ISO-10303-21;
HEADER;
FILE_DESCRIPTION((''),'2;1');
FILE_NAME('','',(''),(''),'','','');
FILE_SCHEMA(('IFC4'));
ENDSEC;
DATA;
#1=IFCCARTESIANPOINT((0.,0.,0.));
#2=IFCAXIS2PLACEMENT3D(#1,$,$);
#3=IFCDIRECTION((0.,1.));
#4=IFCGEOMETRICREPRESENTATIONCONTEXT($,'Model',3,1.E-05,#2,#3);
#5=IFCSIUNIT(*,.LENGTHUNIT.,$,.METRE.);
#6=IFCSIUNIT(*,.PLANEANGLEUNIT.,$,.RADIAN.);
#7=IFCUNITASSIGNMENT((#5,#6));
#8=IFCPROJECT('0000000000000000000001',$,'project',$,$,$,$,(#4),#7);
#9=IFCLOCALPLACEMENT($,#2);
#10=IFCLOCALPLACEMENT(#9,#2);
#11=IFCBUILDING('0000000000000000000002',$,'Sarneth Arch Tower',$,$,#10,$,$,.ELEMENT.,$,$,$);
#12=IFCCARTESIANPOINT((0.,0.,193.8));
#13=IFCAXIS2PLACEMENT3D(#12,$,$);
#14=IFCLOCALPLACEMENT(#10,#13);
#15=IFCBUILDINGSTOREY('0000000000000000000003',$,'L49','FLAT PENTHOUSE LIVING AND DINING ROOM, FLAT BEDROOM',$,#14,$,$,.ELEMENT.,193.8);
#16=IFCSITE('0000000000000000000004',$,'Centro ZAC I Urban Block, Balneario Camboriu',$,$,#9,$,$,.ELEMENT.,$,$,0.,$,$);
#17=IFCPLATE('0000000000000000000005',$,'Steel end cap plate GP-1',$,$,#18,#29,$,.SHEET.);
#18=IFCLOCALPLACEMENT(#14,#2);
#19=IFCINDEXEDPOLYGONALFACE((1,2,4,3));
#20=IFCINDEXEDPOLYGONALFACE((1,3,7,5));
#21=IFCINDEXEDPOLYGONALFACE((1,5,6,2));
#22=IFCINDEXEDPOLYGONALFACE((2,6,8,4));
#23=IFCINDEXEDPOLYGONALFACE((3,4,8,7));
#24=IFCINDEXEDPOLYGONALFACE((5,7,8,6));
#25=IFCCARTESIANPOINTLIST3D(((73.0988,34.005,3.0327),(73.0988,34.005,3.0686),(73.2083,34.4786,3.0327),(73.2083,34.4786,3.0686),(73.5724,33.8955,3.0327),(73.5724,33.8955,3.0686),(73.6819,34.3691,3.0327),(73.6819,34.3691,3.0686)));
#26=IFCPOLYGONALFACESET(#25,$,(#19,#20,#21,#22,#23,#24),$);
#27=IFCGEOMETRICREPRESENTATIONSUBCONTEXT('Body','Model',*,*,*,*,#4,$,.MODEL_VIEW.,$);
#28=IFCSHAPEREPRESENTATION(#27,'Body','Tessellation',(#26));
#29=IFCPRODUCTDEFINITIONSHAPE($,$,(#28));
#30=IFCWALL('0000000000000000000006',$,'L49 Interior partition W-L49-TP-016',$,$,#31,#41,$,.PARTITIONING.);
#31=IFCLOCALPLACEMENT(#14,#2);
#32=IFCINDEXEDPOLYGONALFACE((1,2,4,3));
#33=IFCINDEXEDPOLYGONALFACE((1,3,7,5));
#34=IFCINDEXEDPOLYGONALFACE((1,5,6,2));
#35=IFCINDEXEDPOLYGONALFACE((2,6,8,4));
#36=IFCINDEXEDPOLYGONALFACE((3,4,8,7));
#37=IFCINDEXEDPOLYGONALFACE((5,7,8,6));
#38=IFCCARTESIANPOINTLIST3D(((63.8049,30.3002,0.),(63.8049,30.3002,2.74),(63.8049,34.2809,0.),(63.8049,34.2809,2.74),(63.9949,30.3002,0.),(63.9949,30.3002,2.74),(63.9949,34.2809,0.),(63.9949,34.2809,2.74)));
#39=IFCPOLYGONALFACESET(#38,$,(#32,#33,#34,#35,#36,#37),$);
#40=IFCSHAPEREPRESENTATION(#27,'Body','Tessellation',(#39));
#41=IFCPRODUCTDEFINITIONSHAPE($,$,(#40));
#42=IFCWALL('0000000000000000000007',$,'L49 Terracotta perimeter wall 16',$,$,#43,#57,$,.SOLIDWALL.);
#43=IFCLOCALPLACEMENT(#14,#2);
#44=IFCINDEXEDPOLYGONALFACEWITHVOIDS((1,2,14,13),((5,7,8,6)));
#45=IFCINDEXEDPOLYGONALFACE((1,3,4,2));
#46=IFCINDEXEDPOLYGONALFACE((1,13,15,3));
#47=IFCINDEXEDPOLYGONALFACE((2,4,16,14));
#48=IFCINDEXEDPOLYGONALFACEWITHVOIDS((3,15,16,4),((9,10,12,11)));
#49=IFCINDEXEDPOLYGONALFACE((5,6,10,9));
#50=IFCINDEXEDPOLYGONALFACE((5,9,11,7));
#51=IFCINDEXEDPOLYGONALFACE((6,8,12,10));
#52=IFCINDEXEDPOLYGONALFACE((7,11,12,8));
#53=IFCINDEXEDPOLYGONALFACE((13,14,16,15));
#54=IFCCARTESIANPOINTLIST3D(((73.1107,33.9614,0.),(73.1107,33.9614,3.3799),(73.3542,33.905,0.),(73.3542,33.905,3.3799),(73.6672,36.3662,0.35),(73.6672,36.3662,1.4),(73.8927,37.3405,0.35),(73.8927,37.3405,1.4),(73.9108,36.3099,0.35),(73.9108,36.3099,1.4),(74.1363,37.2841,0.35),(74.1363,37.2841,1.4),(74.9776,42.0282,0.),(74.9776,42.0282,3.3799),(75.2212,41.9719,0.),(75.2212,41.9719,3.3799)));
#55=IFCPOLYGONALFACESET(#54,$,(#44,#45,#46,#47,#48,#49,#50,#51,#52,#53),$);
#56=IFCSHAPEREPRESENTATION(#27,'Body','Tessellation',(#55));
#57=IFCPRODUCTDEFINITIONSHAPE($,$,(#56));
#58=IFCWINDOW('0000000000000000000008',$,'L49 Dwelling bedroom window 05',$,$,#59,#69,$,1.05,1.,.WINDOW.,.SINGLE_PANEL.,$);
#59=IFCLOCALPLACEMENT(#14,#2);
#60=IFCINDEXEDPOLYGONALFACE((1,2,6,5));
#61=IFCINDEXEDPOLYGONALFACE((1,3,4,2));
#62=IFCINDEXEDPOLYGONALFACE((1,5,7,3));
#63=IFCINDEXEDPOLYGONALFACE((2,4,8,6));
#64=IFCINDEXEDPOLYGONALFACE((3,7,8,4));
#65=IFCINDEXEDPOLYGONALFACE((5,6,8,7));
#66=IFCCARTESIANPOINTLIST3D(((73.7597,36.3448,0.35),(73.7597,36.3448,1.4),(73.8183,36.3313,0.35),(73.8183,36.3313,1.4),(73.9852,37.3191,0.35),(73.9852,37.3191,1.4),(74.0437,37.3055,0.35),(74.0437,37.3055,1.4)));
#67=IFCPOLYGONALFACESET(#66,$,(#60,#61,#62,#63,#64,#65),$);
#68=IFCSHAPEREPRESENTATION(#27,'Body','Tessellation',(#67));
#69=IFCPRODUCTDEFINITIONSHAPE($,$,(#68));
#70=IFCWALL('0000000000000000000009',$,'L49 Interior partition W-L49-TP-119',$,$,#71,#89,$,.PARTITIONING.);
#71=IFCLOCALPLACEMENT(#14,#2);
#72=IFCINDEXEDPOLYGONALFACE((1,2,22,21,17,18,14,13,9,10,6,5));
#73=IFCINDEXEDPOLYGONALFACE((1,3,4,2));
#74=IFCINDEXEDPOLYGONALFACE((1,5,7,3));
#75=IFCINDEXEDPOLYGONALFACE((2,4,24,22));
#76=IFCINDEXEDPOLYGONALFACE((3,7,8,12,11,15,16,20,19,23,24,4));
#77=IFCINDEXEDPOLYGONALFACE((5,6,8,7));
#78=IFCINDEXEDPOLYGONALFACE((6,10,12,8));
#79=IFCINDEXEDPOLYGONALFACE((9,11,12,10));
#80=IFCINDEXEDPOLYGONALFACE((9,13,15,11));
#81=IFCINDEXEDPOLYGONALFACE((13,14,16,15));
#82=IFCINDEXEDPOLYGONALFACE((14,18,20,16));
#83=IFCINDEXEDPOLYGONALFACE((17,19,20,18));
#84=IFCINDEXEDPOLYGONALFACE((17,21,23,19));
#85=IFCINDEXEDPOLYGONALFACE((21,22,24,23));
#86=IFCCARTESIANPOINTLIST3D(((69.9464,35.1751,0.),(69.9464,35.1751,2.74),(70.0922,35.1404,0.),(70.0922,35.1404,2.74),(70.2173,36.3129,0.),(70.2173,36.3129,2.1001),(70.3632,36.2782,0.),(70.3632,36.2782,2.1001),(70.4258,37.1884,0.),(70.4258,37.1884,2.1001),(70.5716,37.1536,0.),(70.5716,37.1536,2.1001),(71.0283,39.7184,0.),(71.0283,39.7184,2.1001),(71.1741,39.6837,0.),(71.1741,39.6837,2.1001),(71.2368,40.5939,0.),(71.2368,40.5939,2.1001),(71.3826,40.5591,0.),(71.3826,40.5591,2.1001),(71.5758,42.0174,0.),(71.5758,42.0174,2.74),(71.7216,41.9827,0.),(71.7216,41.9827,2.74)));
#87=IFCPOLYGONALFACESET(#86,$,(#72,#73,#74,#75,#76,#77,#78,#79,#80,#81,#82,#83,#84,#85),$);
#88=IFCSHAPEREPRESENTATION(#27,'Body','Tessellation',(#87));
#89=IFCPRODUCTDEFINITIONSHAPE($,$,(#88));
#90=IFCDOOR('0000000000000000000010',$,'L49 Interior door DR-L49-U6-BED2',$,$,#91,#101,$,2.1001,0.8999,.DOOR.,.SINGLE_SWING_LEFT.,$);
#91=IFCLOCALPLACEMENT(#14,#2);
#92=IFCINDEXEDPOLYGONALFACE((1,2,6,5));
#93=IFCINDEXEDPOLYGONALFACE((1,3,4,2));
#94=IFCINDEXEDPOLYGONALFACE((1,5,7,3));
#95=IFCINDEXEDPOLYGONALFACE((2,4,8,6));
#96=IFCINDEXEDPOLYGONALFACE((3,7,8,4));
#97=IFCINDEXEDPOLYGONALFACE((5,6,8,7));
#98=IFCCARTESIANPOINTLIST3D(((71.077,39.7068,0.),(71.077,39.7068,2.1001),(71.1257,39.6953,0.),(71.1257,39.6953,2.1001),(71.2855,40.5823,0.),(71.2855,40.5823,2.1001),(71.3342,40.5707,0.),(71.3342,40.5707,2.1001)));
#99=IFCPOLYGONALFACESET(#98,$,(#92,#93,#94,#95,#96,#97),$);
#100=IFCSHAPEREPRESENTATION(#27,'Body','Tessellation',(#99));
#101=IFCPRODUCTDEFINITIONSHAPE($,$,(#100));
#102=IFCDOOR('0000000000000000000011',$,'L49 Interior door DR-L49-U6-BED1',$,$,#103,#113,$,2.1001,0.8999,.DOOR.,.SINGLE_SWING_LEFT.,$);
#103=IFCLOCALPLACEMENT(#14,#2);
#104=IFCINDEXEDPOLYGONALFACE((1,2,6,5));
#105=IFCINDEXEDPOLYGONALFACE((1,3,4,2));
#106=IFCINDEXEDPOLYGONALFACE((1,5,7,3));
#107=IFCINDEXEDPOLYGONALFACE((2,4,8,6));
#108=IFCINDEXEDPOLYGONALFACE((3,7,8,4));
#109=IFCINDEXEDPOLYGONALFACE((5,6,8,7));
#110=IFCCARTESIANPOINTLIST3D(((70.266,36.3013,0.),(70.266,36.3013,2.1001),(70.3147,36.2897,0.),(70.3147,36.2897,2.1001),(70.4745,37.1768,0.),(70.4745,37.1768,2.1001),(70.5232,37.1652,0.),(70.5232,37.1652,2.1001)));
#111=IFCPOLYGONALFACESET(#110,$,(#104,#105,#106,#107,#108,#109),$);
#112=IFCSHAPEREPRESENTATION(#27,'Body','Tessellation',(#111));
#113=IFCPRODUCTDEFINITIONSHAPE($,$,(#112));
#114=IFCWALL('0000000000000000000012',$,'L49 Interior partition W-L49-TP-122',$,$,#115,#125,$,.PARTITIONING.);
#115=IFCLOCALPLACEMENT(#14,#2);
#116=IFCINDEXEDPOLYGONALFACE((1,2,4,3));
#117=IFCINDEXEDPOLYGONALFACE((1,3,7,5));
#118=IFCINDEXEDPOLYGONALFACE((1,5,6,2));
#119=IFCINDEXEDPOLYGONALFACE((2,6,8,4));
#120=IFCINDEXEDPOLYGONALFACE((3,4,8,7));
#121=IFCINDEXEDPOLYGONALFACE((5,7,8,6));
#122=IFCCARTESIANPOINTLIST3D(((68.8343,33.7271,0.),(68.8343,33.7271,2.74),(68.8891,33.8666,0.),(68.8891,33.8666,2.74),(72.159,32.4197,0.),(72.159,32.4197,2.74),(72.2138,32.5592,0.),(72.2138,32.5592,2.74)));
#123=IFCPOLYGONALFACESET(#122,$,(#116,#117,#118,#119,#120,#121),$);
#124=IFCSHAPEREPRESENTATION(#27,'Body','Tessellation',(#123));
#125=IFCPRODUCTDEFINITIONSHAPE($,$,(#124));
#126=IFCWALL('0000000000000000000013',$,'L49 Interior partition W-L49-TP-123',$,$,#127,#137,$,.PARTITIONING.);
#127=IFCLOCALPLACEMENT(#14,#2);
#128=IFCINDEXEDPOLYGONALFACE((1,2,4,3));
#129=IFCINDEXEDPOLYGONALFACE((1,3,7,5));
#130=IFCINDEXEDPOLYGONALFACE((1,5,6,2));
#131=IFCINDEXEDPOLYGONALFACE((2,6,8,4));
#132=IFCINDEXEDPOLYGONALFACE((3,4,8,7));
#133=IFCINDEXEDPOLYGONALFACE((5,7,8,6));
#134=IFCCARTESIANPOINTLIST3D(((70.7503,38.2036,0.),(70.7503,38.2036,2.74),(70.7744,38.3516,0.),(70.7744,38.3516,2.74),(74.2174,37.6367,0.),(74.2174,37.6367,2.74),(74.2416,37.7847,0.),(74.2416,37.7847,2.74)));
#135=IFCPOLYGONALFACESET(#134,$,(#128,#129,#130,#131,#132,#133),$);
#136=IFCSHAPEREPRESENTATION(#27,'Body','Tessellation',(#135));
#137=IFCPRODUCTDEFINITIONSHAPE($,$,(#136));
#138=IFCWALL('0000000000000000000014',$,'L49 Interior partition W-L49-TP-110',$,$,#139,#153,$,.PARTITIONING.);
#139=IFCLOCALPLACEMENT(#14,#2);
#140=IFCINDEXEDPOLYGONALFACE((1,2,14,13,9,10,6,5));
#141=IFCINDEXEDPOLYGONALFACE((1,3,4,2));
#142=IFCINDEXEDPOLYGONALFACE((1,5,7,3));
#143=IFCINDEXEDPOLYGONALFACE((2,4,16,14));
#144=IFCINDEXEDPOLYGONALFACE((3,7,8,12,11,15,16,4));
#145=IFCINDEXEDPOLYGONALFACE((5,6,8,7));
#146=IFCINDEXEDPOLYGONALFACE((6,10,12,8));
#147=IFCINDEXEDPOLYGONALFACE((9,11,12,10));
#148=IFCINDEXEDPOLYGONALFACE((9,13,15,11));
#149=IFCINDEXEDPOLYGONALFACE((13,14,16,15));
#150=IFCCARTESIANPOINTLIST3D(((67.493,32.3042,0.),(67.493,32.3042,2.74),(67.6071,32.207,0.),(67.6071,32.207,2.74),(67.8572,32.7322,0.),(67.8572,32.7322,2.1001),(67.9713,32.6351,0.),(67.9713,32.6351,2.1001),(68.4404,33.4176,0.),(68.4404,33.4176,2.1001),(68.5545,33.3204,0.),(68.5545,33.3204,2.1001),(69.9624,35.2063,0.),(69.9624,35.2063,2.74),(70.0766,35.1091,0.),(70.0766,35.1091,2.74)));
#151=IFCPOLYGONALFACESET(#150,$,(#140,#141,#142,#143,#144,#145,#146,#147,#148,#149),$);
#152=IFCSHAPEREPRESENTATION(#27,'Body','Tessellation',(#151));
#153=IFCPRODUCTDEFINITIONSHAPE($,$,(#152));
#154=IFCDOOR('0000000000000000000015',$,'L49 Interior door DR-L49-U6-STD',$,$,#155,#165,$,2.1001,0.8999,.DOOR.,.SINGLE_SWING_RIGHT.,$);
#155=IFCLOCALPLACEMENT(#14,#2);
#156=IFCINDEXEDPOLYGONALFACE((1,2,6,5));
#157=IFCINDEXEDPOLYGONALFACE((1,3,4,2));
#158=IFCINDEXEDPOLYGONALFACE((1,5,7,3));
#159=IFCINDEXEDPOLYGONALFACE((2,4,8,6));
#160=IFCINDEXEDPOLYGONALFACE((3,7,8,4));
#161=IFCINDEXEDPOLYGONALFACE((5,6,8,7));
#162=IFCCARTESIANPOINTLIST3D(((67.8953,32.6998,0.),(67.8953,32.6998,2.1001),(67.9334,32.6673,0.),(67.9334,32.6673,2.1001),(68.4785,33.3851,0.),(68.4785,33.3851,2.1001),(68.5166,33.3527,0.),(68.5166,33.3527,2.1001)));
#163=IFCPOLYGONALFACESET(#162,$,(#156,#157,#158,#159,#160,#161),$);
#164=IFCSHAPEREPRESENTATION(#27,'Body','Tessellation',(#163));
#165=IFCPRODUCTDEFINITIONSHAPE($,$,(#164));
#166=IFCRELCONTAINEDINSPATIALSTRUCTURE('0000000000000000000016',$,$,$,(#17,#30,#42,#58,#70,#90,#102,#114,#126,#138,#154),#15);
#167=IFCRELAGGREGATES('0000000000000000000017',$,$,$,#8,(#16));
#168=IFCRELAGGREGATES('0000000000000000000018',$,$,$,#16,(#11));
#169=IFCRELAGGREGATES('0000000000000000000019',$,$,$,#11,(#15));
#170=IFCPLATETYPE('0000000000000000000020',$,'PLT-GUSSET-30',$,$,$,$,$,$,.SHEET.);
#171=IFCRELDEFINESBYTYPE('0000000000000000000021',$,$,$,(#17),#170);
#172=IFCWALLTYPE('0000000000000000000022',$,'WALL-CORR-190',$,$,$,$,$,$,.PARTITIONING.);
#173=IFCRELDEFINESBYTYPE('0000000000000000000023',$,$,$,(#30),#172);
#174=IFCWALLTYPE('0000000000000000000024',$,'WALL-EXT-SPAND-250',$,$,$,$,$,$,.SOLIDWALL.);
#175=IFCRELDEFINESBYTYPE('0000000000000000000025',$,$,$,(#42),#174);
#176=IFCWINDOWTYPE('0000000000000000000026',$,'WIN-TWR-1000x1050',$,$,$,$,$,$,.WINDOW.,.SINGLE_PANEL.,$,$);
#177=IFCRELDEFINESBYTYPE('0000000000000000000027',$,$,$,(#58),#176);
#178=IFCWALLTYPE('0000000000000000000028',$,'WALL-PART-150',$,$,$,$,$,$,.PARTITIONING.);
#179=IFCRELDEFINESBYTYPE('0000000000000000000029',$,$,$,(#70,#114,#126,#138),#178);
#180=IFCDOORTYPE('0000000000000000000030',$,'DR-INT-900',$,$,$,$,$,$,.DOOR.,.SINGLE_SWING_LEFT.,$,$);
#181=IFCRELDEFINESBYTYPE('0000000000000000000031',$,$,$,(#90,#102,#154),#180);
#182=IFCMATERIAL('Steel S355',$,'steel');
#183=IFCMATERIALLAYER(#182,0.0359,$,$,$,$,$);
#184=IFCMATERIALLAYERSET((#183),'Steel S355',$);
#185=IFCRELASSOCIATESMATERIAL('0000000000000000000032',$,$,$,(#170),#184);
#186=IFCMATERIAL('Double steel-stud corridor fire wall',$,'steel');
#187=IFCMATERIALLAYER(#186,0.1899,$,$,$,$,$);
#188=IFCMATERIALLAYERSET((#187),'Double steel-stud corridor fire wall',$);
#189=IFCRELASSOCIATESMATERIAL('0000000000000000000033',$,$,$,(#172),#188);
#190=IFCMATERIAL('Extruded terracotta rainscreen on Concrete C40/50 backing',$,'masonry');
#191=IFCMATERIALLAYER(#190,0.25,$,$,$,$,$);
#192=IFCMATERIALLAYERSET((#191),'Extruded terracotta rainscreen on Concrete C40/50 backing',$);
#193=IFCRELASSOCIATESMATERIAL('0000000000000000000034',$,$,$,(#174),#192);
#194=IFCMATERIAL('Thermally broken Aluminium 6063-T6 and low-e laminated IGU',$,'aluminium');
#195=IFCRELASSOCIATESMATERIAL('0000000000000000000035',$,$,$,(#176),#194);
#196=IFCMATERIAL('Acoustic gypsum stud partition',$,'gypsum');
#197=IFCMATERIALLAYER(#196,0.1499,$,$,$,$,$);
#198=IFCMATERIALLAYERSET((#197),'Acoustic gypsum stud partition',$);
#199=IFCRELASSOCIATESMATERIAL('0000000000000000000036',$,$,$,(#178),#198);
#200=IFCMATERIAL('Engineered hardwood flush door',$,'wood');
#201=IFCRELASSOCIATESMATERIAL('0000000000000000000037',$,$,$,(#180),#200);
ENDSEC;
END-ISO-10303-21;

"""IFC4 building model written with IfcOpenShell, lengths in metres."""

from ifc_helpers import new_model, si_unit, direction, frame, frame_2d, origin, origin_2d, place, context, subcontext, project, spatial, rectangle, extrude, material, layer, layer_set, type_object, element, fill, save


model = new_model("IFC4")

# Units and contexts
model_context = context("Model", 3, precision=1e-05, world=origin(), true_north=direction((0.0, 1.0)))
body_context = subcontext(model_context, "Body", "Model", "MODEL_VIEW")
ifc_project = project(units=[si_unit("LENGTHUNIT", "METRE"), si_unit("PLANEANGLEUNIT", "RADIAN")], contexts=[model_context])

# Site, building, storey
site_placement = place(None, origin())
site = spatial("IfcSite", under=ifc_project, at=site_placement, Name="Centro ZAC I Urban Block, Balneario Camboriu", CompositionType="ELEMENT", RefElevation=0.0)
building_placement = place(site_placement, origin())
building = spatial("IfcBuilding", under=site, at=building_placement, Name="Sarneth Arch Tower", CompositionType="ELEMENT")
storey_placement = place(building_placement, frame((0.0, 0.0, 193.8)))
storey = spatial("IfcBuildingStorey", under=building, at=storey_placement, Name="L49", Description="FLAT PENTHOUSE LIVING AND DINING ROOM, FLAT BEDROOM", CompositionType="ELEMENT", Elevation=193.8)

# Plate
ifc_material_1 = material(Name="Steel S355", Category="steel")
ifc_layer_1 = layer(ifc_material_1, 0.0359)
ifc_layer_set_1 = layer_set([ifc_layer_1], Name="Steel S355")
plate_type = type_object("IfcPlateType", Name="PLT-GUSSET-30", PredefinedType="SHEET", material=ifc_layer_set_1)
for number, where, z_axis, x_axis, name in (
    (1, (73.3904, 34.187, 3.0327), (0.0, 0.0, 1.0), (0.225291, 0.974291, 0.0), "Steel end cap plate GP-1"),
):
    element("IfcPlate", number, at=place(storey_placement, frame(where, z_axis=z_axis, x_axis=x_axis)), inside=storey, type_object=plate_type, Name=name, PredefinedType="SHEET", context=body_context, shape_type="SweptSolid", body=[
        extrude(rectangle(XDim=0.4861, YDim=0.4861, at=origin_2d()), origin(), (0.0, 0.0, 1.0), 0.0359),
    ])

# Wall
ifc_material_2 = material(Name="Double steel-stud corridor fire wall", Category="steel")
ifc_layer_2 = layer(ifc_material_2, 0.1899)
ifc_layer_set_2 = layer_set([ifc_layer_2], Name="Double steel-stud corridor fire wall")
wall_type_1 = type_object("IfcWallType", Name="WALL-CORR-190", PredefinedType="PARTITIONING", material=ifc_layer_set_2)
wall_1_placement = place(storey_placement, frame((63.8999, 34.2808, 0.0), z_axis=(0.0, 0.0, 1.0), x_axis=(0.0, -1.0, 0.0)))
element("IfcWall", 2, at=wall_1_placement, inside=storey, type_object=wall_type_1, Name="L49 Interior partition W-L49-TP-016", PredefinedType="PARTITIONING", context=body_context, shape_type="SweptSolid", body=[
    extrude(rectangle(XDim=3.9807, YDim=0.1899, at=frame_2d((1.9902, 0.0))), origin(), (0.0, 0.0, 1.0), 2.74),
])

# Wall, opening, window
ifc_material_3 = material(Name="Extruded terracotta rainscreen on Concrete C40/50 backing", Category="masonry")
ifc_layer_3 = layer(ifc_material_3, 0.25)
ifc_layer_set_3 = layer_set([ifc_layer_3], Name="Extruded terracotta rainscreen on Concrete C40/50 backing")
wall_type_2 = type_object("IfcWallType", Name="WALL-EXT-SPAND-250", PredefinedType="SOLIDWALL", material=ifc_layer_set_3)
wall_2_placement = place(storey_placement, frame((73.2324, 33.9331, 0.0), z_axis=(0.0, 0.0, 1.0), x_axis=(0.225473, 0.974249, 0.0)))
wall_2 = element("IfcWall", 3, at=wall_2_placement, inside=storey, type_object=wall_type_2, Name="L49 Terracotta perimeter wall 16", PredefinedType="SOLIDWALL", context=body_context, shape_type="SweptSolid", body=[
    extrude(rectangle(XDim=8.28, YDim=0.25, at=frame_2d((4.1401, 0.0))), origin(), (0.0, 0.0, 1.0), 3.3799),
])
opening_1_placement = place(wall_2_placement, frame((2.4685, 0.0, 0.3501)))
opening_1 = element("IfcOpeningElement", 4, at=opening_1_placement, cuts=wall_2, PredefinedType="OPENING", context=body_context, shape_type="SweptSolid", body=[
    extrude(rectangle(XDim=1.0, YDim=1.05, at=frame_2d((0.5, 0.5249))), frame((0.0, 0.135, 0.0), z_axis=(0.0, -1.0, 0.0), x_axis=(1.0, 0.0, 0.0)), (0.0, 0.0, 1.0), 0.27),
])
ifc_material_4 = material(Name="Thermally broken Aluminium 6063-T6 and low-e laminated IGU", Category="aluminium")
window_type = type_object("IfcWindowType", Name="WIN-TWR-1000x1050", PartitioningType="SINGLE_PANEL", PredefinedType="WINDOW", material=ifc_material_4)
window_placement = place(opening_1_placement, origin())
window = element("IfcWindow", 5, at=window_placement, inside=storey, type_object=window_type, Name="L49 Dwelling bedroom window 05", OverallHeight=1.05, OverallWidth=1.0, PartitioningType="SINGLE_PANEL", PredefinedType="WINDOW", context=body_context, shape_type="SweptSolid", body=[
    extrude(rectangle(XDim=1.0, YDim=1.05, at=frame_2d((0.5, 0.5249))), frame((0.0, 0.03, 0.0), z_axis=(0.0, -1.0, 0.0), x_axis=(1.0, 0.0, 0.0)), (0.0, 0.0, 1.0), 0.0601),
])
fill(opening_1, window)

# Wall, openings, doors
ifc_material_5 = material(Name="Acoustic gypsum stud partition", Category="gypsum")
ifc_layer_4 = layer(ifc_material_5, 0.1499)
ifc_layer_set_4 = layer_set([ifc_layer_4], Name="Acoustic gypsum stud partition")
wall_type_3 = type_object("IfcWallType", Name="WALL-PART-150", PredefinedType="PARTITIONING", material=ifc_layer_set_4)
wall_3_placement = place(storey_placement, frame((70.0193, 35.1577, 0.0), z_axis=(0.0, 0.0, 1.0), x_axis=(0.231658, 0.972797, 0.0)))
wall_3 = element("IfcWall", 6, at=wall_3_placement, inside=storey, type_object=wall_type_3, Name="L49 Interior partition W-L49-TP-119", PredefinedType="PARTITIONING", context=body_context, shape_type="SweptSolid", body=[
    extrude(rectangle(XDim=7.0337, YDim=0.1499, at=frame_2d((3.5168, 0.0))), origin(), (0.0, 0.0, 1.0), 2.74),
])
opening_2_placement = place(wall_3_placement, frame((4.6704, 0.0, 0.0)))
opening_2 = element("IfcOpeningElement", 7, at=opening_2_placement, cuts=wall_3, PredefinedType="OPENING", context=body_context, shape_type="SweptSolid", body=[
    extrude(rectangle(XDim=0.8999, YDim=2.1001, at=frame_2d((0.45, 1.05))), frame((0.0, 0.085, 0.0), z_axis=(0.0, -1.0, 0.0), x_axis=(1.0, 0.0, 0.0)), (0.0, 0.0, 1.0), 0.1699),
])
opening_3_placement = place(wall_3_placement, frame((1.1697, 0.0, 0.0)))
opening_3 = element("IfcOpeningElement", 8, at=opening_3_placement, cuts=wall_3, PredefinedType="OPENING", context=body_context, shape_type="SweptSolid", body=[
    extrude(rectangle(XDim=0.8999, YDim=2.1001, at=frame_2d((0.45, 1.05))), frame((0.0, 0.085, 0.0), z_axis=(0.0, -1.0, 0.0), x_axis=(1.0, 0.0, 0.0)), (0.0, 0.0, 1.0), 0.1699),
])
ifc_material_6 = material(Name="Engineered hardwood flush door", Category="wood")
door_type_1 = type_object("IfcDoorType", Name="DR-INT-900", OperationType="SINGLE_SWING_LEFT", PredefinedType="DOOR", material=ifc_material_6)
door_1_placement = place(opening_2_placement, origin())
door_1 = element("IfcDoor", 9, at=door_1_placement, inside=storey, type_object=door_type_1, Name="L49 Interior door DR-L49-U6-BED2", OperationType="SINGLE_SWING_LEFT", OverallHeight=2.1001, OverallWidth=0.8999, PredefinedType="DOOR", context=body_context, shape_type="SweptSolid", body=[
    extrude(rectangle(XDim=0.8999, YDim=2.1001, at=frame_2d((0.45, 1.05))), frame((0.0, 0.0249, 0.0), z_axis=(0.0, -1.0, 0.0), x_axis=(1.0, 0.0, 0.0)), (0.0, 0.0, 1.0), 0.05),
])
fill(opening_2, door_1)
door_2_placement = place(opening_3_placement, origin())
door_2 = element("IfcDoor", 10, at=door_2_placement, inside=storey, type_object=door_type_1, Name="L49 Interior door DR-L49-U6-BED1", OperationType="SINGLE_SWING_LEFT", OverallHeight=2.1001, OverallWidth=0.8999, PredefinedType="DOOR", context=body_context, shape_type="SweptSolid", body=[
    extrude(rectangle(XDim=0.8999, YDim=2.1001, at=frame_2d((0.45, 1.05))), frame((0.0, 0.0249, 0.0), z_axis=(0.0, -1.0, 0.0), x_axis=(1.0, 0.0, 0.0)), (0.0, 0.0, 1.0), 0.05),
])
fill(opening_3, door_2)

# Walls
wall_4_placement = place(storey_placement, frame((72.1863, 32.4895, 0.0), z_axis=(0.0, 0.0, 1.0), x_axis=(-0.930633, 0.365953, 0.0)))
element("IfcWall", 11, at=wall_4_placement, inside=storey, type_object=wall_type_3, Name="L49 Interior partition W-L49-TP-122", PredefinedType="PARTITIONING", context=body_context, shape_type="SweptSolid", body=[
    extrude(rectangle(XDim=3.5725, YDim=0.1499, at=frame_2d((1.7861, 0.0))), origin(), (0.0, 0.0, 1.0), 2.74),
])
wall_5_placement = place(storey_placement, frame((74.2295, 37.7107, 0.0), z_axis=(0.0, 0.0, 1.0), x_axis=(-0.986895, 0.161367, 0.0)))
element("IfcWall", 12, at=wall_5_placement, inside=storey, type_object=wall_type_3, Name="L49 Interior partition W-L49-TP-123", PredefinedType="PARTITIONING", context=body_context, shape_type="SweptSolid", body=[
    extrude(rectangle(XDim=3.5132, YDim=0.1499, at=frame_2d((1.7566, 0.0))), origin(), (0.0, 0.0, 1.0), 2.74),
])

# Wall, opening, door
wall_6_placement = place(storey_placement, frame((67.55, 32.2556, 0.0), z_axis=(0.0, 0.0, 1.0), x_axis=(0.648059, 0.76159, 0.0)))
wall_6 = element("IfcWall", 13, at=wall_6_placement, inside=storey, type_object=wall_type_3, Name="L49 Interior partition W-L49-TP-110", PredefinedType="PARTITIONING", context=body_context, shape_type="SweptSolid", body=[
    extrude(rectangle(XDim=3.8105, YDim=0.1499, at=frame_2d((1.9053, 0.0))), origin(), (0.0, 0.0, 1.0), 2.74),
])
opening_4_placement = place(wall_6_placement, frame((0.562, 0.0, 0.0)))
opening_4 = element("IfcOpeningElement", 14, at=opening_4_placement, cuts=wall_6, PredefinedType="OPENING", context=body_context, shape_type="SweptSolid", body=[
    extrude(rectangle(XDim=0.8999, YDim=2.1001, at=frame_2d((0.45, 1.05))), frame((0.0, 0.085, 0.0), z_axis=(0.0, -1.0, 0.0), x_axis=(1.0, 0.0, 0.0)), (0.0, 0.0, 1.0), 0.1699),
])
door_3_placement = place(opening_4_placement, origin())
door_3 = element("IfcDoor", 15, at=door_3_placement, inside=storey, type_object=door_type_1, Name="L49 Interior door DR-L49-U6-STD", OperationType="SINGLE_SWING_RIGHT", OverallHeight=2.1001, OverallWidth=0.8999, PredefinedType="DOOR", context=body_context, shape_type="SweptSolid", body=[
    extrude(rectangle(XDim=0.8999, YDim=2.1001, at=frame_2d((0.45, 1.05))), frame((0.0, 0.0249, 0.0), z_axis=(0.0, -1.0, 0.0), x_axis=(1.0, 0.0, 0.0)), (0.0, 0.0, 1.0), 0.05),
])
fill(opening_4, door_3)

save(model, "model.ifc")
